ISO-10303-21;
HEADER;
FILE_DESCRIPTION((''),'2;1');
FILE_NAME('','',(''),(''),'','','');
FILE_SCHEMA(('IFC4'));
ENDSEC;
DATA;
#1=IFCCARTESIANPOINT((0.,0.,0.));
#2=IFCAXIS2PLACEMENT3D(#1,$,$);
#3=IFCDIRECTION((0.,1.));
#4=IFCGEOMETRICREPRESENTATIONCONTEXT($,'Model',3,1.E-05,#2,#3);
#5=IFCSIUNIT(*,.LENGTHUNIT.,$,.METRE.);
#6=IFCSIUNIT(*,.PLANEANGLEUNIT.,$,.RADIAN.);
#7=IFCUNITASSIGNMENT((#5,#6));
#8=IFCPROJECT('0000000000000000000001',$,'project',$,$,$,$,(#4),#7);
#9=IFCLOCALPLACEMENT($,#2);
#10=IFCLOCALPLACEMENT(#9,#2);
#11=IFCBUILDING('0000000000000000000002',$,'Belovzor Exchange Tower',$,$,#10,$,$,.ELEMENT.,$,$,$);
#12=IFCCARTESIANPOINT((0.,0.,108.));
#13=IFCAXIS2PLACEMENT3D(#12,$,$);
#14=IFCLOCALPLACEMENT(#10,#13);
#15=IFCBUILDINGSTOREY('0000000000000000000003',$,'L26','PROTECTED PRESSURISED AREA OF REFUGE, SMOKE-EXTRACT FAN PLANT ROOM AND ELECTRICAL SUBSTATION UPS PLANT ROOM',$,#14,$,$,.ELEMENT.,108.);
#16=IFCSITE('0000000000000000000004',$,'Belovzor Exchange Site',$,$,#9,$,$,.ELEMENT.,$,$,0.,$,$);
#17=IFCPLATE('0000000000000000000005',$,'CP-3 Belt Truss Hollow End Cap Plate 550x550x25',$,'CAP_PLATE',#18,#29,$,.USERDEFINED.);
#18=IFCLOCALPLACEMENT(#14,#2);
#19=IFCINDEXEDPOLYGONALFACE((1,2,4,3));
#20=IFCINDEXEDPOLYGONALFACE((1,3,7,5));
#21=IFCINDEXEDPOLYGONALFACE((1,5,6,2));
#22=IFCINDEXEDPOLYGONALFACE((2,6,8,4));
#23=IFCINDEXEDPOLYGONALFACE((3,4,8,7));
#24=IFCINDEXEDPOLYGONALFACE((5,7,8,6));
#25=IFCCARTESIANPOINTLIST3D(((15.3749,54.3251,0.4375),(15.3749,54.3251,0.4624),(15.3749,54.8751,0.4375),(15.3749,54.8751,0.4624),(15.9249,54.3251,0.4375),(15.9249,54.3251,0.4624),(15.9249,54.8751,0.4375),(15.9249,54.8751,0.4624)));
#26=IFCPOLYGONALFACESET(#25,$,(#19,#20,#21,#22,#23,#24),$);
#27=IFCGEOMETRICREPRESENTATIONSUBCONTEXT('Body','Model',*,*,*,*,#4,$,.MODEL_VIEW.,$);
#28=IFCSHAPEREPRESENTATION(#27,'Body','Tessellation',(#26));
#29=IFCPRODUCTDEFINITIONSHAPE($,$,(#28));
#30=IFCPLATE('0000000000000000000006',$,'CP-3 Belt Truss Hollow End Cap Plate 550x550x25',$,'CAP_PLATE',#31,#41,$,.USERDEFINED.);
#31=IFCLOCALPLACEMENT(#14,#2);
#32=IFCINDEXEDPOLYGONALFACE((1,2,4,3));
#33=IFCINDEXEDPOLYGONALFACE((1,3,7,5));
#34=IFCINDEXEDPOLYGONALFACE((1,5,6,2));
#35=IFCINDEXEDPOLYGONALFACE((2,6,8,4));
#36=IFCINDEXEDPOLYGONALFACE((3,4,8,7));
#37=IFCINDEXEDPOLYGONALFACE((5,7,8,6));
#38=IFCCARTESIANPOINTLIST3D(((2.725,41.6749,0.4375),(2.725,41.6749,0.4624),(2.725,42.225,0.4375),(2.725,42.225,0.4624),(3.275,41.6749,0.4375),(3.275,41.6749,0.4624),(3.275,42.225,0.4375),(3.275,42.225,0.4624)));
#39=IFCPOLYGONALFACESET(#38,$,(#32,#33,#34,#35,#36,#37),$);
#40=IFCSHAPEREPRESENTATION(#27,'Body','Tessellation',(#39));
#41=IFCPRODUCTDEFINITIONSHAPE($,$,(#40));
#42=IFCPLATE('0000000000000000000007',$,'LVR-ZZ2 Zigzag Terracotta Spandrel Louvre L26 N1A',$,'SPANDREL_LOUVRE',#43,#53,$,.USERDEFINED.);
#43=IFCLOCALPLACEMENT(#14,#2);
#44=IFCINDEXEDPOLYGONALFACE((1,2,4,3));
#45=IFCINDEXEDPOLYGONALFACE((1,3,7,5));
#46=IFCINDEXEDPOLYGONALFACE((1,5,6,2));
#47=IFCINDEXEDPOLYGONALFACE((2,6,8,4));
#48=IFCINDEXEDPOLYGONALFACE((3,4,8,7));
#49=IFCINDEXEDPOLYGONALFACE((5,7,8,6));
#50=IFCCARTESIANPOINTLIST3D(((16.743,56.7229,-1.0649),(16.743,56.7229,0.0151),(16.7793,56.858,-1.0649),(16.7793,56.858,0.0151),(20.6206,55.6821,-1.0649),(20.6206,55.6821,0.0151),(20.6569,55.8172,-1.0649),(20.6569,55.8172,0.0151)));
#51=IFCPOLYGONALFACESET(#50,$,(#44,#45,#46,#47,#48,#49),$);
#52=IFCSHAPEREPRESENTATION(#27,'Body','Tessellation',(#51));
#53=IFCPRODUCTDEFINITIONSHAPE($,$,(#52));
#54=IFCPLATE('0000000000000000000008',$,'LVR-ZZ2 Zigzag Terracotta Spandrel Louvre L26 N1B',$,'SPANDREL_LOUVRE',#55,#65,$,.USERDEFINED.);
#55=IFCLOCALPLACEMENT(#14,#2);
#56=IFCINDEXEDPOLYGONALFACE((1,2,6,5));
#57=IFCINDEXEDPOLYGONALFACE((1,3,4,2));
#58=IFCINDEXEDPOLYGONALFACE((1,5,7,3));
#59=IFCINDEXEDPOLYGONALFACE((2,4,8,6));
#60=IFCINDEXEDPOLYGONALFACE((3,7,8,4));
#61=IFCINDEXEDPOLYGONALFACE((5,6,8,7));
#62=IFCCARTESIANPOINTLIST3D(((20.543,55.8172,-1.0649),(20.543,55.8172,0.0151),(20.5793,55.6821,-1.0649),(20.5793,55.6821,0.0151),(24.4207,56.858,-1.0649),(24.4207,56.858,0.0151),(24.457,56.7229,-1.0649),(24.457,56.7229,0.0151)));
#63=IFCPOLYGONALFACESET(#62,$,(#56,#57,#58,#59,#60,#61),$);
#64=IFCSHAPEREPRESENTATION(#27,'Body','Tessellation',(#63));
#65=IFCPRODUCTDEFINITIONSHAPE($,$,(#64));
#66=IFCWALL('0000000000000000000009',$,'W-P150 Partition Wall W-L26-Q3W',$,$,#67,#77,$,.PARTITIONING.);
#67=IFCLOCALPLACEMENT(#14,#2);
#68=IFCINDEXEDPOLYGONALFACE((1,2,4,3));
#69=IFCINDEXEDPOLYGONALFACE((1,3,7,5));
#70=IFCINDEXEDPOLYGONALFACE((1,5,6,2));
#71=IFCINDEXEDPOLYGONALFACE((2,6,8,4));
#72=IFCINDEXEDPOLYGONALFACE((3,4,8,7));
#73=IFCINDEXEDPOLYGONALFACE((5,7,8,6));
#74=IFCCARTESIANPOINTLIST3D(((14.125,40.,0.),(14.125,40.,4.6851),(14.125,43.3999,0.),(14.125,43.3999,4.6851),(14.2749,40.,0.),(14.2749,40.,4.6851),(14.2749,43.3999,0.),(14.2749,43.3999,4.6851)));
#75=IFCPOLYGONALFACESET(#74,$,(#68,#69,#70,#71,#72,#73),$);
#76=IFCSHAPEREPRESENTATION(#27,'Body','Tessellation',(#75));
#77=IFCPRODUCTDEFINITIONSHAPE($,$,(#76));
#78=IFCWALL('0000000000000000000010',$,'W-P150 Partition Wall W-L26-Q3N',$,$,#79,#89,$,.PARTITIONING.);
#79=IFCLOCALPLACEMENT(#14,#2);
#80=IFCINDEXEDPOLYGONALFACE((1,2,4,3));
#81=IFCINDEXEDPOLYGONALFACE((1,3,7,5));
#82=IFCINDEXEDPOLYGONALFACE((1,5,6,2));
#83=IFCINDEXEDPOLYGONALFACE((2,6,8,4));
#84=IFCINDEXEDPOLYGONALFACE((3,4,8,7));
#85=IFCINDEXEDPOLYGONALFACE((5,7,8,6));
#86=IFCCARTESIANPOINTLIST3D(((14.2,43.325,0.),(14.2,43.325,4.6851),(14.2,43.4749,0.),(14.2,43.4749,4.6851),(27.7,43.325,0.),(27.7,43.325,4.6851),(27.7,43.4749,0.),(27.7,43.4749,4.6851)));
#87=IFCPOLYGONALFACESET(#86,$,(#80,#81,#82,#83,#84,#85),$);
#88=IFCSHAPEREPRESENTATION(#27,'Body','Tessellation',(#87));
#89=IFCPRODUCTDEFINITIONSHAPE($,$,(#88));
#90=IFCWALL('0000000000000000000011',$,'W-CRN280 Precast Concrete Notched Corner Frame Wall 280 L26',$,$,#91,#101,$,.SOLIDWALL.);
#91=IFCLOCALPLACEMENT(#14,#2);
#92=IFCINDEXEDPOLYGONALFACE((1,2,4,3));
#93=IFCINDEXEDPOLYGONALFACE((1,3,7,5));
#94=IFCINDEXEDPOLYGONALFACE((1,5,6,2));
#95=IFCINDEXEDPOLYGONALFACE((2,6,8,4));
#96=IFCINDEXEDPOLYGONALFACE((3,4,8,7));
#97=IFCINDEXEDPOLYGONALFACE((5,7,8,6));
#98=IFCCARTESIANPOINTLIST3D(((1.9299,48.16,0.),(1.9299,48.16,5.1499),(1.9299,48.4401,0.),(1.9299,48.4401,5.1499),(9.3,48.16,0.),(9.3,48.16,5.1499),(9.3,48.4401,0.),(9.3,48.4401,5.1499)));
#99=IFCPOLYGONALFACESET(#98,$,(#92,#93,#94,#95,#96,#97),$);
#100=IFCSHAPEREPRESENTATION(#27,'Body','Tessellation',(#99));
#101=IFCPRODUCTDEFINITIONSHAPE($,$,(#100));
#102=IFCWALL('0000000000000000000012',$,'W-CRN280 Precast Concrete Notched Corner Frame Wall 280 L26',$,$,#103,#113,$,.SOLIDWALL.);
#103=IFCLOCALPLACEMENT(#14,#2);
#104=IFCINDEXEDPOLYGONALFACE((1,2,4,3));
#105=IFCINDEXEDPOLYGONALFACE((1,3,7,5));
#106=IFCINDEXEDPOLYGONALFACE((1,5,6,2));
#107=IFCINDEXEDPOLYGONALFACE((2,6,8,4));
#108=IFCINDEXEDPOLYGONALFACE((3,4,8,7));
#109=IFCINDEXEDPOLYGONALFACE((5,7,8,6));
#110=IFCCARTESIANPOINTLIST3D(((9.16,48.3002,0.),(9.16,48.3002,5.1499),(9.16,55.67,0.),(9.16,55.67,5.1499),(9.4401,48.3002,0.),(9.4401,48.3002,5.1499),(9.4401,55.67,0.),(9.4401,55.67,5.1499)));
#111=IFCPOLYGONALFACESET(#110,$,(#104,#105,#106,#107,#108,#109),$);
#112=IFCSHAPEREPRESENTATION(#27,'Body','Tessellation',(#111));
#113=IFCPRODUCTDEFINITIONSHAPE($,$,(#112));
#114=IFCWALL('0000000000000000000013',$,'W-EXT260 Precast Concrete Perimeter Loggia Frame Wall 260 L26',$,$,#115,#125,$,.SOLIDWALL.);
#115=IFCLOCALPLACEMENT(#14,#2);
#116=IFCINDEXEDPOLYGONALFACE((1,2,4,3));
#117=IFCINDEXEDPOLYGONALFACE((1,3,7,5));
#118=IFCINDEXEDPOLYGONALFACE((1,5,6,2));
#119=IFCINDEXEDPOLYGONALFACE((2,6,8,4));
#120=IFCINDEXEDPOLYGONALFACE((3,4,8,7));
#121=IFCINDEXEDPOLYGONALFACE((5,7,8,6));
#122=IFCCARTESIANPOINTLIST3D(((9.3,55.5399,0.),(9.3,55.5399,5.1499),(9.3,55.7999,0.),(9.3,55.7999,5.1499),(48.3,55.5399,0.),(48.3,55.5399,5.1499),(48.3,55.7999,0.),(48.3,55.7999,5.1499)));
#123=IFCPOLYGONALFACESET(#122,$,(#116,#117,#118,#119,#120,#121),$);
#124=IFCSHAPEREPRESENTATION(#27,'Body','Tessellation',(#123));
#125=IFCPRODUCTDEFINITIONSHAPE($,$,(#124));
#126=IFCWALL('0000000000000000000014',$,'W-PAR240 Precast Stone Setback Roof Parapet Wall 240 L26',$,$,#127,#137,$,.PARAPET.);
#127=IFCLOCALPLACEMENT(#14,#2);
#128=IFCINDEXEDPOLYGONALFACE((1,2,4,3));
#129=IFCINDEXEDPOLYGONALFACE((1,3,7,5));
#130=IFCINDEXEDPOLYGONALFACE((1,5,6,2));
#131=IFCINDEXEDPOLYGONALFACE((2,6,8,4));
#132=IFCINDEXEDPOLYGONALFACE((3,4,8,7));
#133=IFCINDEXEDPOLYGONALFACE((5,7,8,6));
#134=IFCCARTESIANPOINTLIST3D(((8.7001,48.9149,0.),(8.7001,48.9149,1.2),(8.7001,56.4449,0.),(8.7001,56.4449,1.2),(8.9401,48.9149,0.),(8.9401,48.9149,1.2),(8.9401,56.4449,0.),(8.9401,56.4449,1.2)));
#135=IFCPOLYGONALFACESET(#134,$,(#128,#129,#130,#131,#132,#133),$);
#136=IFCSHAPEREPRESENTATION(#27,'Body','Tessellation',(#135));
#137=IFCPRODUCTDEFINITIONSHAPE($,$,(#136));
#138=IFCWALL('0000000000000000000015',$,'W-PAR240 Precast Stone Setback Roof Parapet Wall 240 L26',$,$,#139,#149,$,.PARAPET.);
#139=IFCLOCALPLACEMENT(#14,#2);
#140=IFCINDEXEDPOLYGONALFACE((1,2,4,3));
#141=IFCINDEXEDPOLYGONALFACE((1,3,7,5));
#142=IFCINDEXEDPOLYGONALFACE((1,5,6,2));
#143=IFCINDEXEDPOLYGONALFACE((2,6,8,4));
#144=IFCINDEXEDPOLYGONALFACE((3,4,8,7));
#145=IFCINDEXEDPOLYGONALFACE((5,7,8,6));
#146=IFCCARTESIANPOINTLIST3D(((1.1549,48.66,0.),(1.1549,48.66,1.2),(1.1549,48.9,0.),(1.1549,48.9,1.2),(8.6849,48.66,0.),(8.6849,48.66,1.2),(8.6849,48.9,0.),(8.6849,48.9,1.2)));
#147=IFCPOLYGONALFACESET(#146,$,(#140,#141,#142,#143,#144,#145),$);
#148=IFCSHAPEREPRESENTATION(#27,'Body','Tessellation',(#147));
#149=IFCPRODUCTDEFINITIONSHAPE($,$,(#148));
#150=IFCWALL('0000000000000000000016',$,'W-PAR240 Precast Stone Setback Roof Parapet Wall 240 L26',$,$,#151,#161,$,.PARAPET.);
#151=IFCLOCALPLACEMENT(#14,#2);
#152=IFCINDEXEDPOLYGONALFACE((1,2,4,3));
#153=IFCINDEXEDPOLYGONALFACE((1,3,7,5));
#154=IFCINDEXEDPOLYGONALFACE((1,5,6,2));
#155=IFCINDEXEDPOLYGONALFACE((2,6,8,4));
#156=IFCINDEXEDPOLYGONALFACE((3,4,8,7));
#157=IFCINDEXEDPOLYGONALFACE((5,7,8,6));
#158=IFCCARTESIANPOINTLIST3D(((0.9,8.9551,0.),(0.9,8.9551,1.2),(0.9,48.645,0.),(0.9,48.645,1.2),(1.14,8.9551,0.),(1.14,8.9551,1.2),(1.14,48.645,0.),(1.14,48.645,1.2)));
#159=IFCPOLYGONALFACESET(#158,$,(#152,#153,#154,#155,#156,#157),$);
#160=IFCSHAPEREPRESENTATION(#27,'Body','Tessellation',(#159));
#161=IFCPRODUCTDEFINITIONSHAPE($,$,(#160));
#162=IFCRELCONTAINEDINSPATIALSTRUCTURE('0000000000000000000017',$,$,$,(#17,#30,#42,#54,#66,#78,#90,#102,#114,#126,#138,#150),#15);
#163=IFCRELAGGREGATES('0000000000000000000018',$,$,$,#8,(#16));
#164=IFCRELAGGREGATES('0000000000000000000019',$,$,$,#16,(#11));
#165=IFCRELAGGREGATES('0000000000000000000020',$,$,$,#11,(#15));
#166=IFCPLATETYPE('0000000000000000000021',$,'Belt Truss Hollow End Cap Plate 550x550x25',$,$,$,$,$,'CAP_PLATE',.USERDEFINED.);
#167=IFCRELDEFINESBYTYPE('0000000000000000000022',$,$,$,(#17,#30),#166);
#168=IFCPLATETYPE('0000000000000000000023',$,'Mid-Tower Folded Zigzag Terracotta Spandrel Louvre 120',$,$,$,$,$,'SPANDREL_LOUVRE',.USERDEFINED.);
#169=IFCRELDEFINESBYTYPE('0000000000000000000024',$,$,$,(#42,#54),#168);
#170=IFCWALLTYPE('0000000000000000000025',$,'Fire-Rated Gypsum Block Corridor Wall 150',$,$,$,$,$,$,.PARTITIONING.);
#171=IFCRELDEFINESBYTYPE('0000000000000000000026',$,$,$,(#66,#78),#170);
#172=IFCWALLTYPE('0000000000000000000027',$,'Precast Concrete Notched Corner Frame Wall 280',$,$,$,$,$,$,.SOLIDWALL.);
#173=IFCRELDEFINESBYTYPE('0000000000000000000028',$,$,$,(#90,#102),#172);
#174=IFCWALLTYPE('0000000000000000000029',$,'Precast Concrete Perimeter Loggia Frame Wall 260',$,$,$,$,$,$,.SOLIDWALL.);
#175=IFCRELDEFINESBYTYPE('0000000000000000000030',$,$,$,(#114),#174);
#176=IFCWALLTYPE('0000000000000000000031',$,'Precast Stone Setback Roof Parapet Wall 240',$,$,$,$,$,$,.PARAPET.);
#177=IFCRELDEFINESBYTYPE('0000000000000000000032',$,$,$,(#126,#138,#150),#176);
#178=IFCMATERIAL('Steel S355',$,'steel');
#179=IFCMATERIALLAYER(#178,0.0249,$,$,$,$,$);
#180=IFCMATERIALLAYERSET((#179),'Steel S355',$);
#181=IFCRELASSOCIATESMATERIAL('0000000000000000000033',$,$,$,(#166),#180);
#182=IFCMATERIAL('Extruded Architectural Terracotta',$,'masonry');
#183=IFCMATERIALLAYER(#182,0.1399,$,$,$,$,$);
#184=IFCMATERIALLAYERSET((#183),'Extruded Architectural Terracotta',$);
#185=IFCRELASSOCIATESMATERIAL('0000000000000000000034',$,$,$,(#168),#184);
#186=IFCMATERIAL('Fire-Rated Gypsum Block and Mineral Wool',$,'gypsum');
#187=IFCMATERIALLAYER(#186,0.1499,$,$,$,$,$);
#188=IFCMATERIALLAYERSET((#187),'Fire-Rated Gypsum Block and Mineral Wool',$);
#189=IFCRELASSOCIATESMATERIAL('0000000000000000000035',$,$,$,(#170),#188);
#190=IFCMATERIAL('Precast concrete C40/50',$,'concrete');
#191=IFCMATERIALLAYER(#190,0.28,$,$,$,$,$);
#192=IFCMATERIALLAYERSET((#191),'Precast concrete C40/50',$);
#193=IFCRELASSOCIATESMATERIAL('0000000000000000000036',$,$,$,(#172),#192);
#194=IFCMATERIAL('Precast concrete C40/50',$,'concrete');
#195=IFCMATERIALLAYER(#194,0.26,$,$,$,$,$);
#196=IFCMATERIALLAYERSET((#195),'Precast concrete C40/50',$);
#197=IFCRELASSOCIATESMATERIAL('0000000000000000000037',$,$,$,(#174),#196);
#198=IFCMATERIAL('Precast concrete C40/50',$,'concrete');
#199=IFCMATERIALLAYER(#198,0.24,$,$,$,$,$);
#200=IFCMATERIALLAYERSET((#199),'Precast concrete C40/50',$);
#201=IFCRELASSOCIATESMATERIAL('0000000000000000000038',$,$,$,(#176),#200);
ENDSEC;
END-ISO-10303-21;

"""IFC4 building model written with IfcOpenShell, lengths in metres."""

from ifc_helpers import new_model, si_unit, direction, frame, frame_2d, origin, origin_2d, place, context, subcontext, project, spatial, rectangle, extrude, material, layer, layer_set, type_object, element, save


model = new_model("IFC4")

# Units and contexts
model_context = context("Model", 3, precision=1e-05, world=origin(), true_north=direction((0.0, 1.0)))
body_context = subcontext(model_context, "Body", "Model", "MODEL_VIEW")
ifc_project = project(units=[si_unit("LENGTHUNIT", "METRE"), si_unit("PLANEANGLEUNIT", "RADIAN")], contexts=[model_context])

# Site, building, storey
site_placement = place(None, origin())
site = spatial("IfcSite", under=ifc_project, at=site_placement, Name="Belovzor Exchange Site", CompositionType="ELEMENT", RefElevation=0.0)
building_placement = place(site_placement, origin())
building = spatial("IfcBuilding", under=site, at=building_placement, Name="Belovzor Exchange Tower", CompositionType="ELEMENT")
storey_placement = place(building_placement, frame((0.0, 0.0, 108.0)))
storey = spatial("IfcBuildingStorey", under=building, at=storey_placement, Name="L26", Description="PROTECTED PRESSURISED AREA OF REFUGE, SMOKE-EXTRACT FAN PLANT ROOM AND ELECTRICAL SUBSTATION UPS PLANT ROOM", CompositionType="ELEMENT", Elevation=108.0)

# Plates
ifc_material_1 = material(Name="Steel S355", Category="steel")
ifc_layer_1 = layer(ifc_material_1, 0.0249)
ifc_layer_set_1 = layer_set([ifc_layer_1], Name="Steel S355")
plate_type_1 = type_object("IfcPlateType", Name="Belt Truss Hollow End Cap Plate 550x550x25", ElementType="CAP_PLATE", PredefinedType="USERDEFINED", material=ifc_layer_set_1)
for number, where, z_axis, x_axis, name in (
    (1, (15.6499, 54.6001, 0.4375), (0.0, 0.0, 1.0), (1.0, 0.0, 0.0), "CP-3 Belt Truss Hollow End Cap Plate 550x550x25"),
    (2, (3.0, 41.95, 0.4375), (0.0, 0.0, 1.0), (0.0, 1.0, 0.0), "CP-3 Belt Truss Hollow End Cap Plate 550x550x25"),
):
    element("IfcPlate", number, at=place(storey_placement, frame(where, z_axis=z_axis, x_axis=x_axis)), inside=storey, type_object=plate_type_1, Name=name, ObjectType="CAP_PLATE", PredefinedType="USERDEFINED", context=body_context, shape_type="SweptSolid", body=[
        extrude(rectangle(XDim=0.55, YDim=0.55, at=origin_2d()), origin(), (0.0, 0.0, 1.0), 0.0249),
    ])
ifc_material_2 = material(Name="Extruded Architectural Terracotta", Category="masonry")
ifc_layer_2 = layer(ifc_material_2, 0.1399)
ifc_layer_set_2 = layer_set([ifc_layer_2], Name="Extruded Architectural Terracotta")
plate_type_2 = type_object("IfcPlateType", Name="Mid-Tower Folded Zigzag Terracotta Spandrel Louvre 120", ElementType="SPANDREL_LOUVRE", PredefinedType="USERDEFINED", material=ifc_layer_set_2)
for number, where, z_axis, x_axis, name in (
    (3, (18.7, 56.27, -1.0649), (0.0, 0.0, 1.0), (0.965813, -0.25924, 0.0), "LVR-ZZ2 Zigzag Terracotta Spandrel Louvre L26 N1A"),
    (4, (22.5, 56.27, -1.0649), (0.0, 0.0, 1.0), (0.965813, 0.25924, 0.0), "LVR-ZZ2 Zigzag Terracotta Spandrel Louvre L26 N1B"),
):
    element("IfcPlate", number, at=place(storey_placement, frame(where, z_axis=z_axis, x_axis=x_axis)), inside=storey, type_object=plate_type_2, Name=name, ObjectType="SPANDREL_LOUVRE", PredefinedType="USERDEFINED", context=body_context, shape_type="SweptSolid", body=[
        extrude(rectangle(XDim=4.0149, YDim=0.1399, at=origin_2d()), origin(), (0.0, 0.0, 1.0), 1.0801),
    ])

# Walls
ifc_material_3 = material(Name="Fire-Rated Gypsum Block and Mineral Wool", Category="gypsum")
ifc_layer_3 = layer(ifc_material_3, 0.1499)
ifc_layer_set_3 = layer_set([ifc_layer_3], Name="Fire-Rated Gypsum Block and Mineral Wool")
wall_type_1 = type_object("IfcWallType", Name="Fire-Rated Gypsum Block Corridor Wall 150", PredefinedType="PARTITIONING", material=ifc_layer_set_3)
wall_1_placement = place(storey_placement, frame((14.2, 40.0, 0.0), z_axis=(0.0, 0.0, 1.0), x_axis=(0.0, 1.0, 0.0)))
element("IfcWall", 5, at=wall_1_placement, inside=storey, type_object=wall_type_1, Name="W-P150 Partition Wall W-L26-Q3W", PredefinedType="PARTITIONING", context=body_context, shape_type="SweptSolid", body=[
    extrude(rectangle(XDim=3.3999, YDim=0.1499, at=frame_2d((1.7, 0.0))), origin(), (0.0, 0.0, 1.0), 4.6851),
])
wall_2_placement = place(storey_placement, frame((14.2, 43.3999, 0.0), z_axis=(0.0, 0.0, 1.0), x_axis=(1.0, 0.0, 0.0)))
element("IfcWall", 6, at=wall_2_placement, inside=storey, type_object=wall_type_1, Name="W-P150 Partition Wall W-L26-Q3N", PredefinedType="PARTITIONING", context=body_context, shape_type="SweptSolid", body=[
    extrude(rectangle(XDim=13.5, YDim=0.1499, at=frame_2d((6.75, 0.0))), origin(), (0.0, 0.0, 1.0), 4.6851),
])
ifc_material_4 = material(Name="Precast concrete C40/50", Category="concrete")
ifc_layer_4 = layer(ifc_material_4, 0.28)
ifc_layer_set_4 = layer_set([ifc_layer_4], Name="Precast concrete C40/50")
wall_type_2 = type_object("IfcWallType", Name="Precast Concrete Notched Corner Frame Wall 280", PredefinedType="SOLIDWALL", material=ifc_layer_set_4)
wall_3_placement = place(storey_placement, frame((1.9299, 48.3, 0.0), z_axis=(0.0, 0.0, 1.0), x_axis=(1.0, 0.0, 0.0)))
element("IfcWall", 7, at=wall_3_placement, inside=storey, type_object=wall_type_2, Name="W-CRN280 Precast Concrete Notched Corner Frame Wall 280 L26", PredefinedType="SOLIDWALL", context=body_context, shape_type="SweptSolid", body=[
    extrude(rectangle(XDim=7.3701, YDim=0.28, at=frame_2d((3.6851, 0.0))), origin(), (0.0, 0.0, 1.0), 5.1499),
])
wall_4_placement = place(storey_placement, frame((9.3, 48.3, 0.0), z_axis=(0.0, 0.0, 1.0), x_axis=(0.0, 1.0, 0.0)))
element("IfcWall", 8, at=wall_4_placement, inside=storey, type_object=wall_type_2, Name="W-CRN280 Precast Concrete Notched Corner Frame Wall 280 L26", PredefinedType="SOLIDWALL", context=body_context, shape_type="SweptSolid", body=[
    extrude(rectangle(XDim=7.3699, YDim=0.28, at=frame_2d((3.6851, 0.0))), origin(), (0.0, 0.0, 1.0), 5.1499),
])
ifc_material_5 = material(Name="Precast concrete C40/50", Category="concrete")
ifc_layer_5 = layer(ifc_material_5, 0.26)
ifc_layer_set_5 = layer_set([ifc_layer_5], Name="Precast concrete C40/50")
wall_type_3 = type_object("IfcWallType", Name="Precast Concrete Perimeter Loggia Frame Wall 260", PredefinedType="SOLIDWALL", material=ifc_layer_set_5)
wall_5_placement = place(storey_placement, frame((9.3, 55.6699, 0.0), z_axis=(0.0, 0.0, 1.0), x_axis=(1.0, 0.0, 0.0)))
element("IfcWall", 9, at=wall_5_placement, inside=storey, type_object=wall_type_3, Name="W-EXT260 Precast Concrete Perimeter Loggia Frame Wall 260 L26", PredefinedType="SOLIDWALL", context=body_context, shape_type="SweptSolid", body=[
    extrude(rectangle(XDim=39.0, YDim=0.26, at=frame_2d((19.5, 0.0))), origin(), (0.0, 0.0, 1.0), 5.1499),
])
ifc_material_6 = material(Name="Precast concrete C40/50", Category="concrete")
ifc_layer_6 = layer(ifc_material_6, 0.24)
ifc_layer_set_6 = layer_set([ifc_layer_6], Name="Precast concrete C40/50")
wall_type_4 = type_object("IfcWallType", Name="Precast Stone Setback Roof Parapet Wall 240", PredefinedType="PARAPET", material=ifc_layer_set_6)
for number, where, z_axis, x_axis, name in (
    (10, (8.8201, 56.4451, 0.0), (0.0, 0.0, 1.0), (0.0, -1.0, 0.0), "W-PAR240 Precast Stone Setback Roof Parapet Wall 240 L26"),
    (11, (8.6851, 48.78, 0.0), (0.0, 0.0, 1.0), (-1.0, 0.0, 0.0), "W-PAR240 Precast Stone Setback Roof Parapet Wall 240 L26"),
):
    element("IfcWall", number, at=place(storey_placement, frame(where, z_axis=z_axis, x_axis=x_axis)), inside=storey, type_object=wall_type_4, Name=name, PredefinedType="PARAPET", context=body_context, shape_type="SweptSolid", body=[
        extrude(rectangle(XDim=7.53, YDim=0.24, at=frame_2d((3.7651, 0.0))), origin(), (0.0, 0.0, 1.0), 1.2),
    ])
wall_6_placement = place(storey_placement, frame((1.02, 48.645, 0.0), z_axis=(0.0, 0.0, 1.0), x_axis=(0.0, -1.0, 0.0)))
element("IfcWall", 12, at=wall_6_placement, inside=storey, type_object=wall_type_4, Name="W-PAR240 Precast Stone Setback Roof Parapet Wall 240 L26", PredefinedType="PARAPET", context=body_context, shape_type="SweptSolid", body=[
    extrude(rectangle(XDim=39.6899, YDim=0.24, at=frame_2d((19.845, 0.0))), origin(), (0.0, 0.0, 1.0), 1.2),
])

save(model, "model.ifc")
